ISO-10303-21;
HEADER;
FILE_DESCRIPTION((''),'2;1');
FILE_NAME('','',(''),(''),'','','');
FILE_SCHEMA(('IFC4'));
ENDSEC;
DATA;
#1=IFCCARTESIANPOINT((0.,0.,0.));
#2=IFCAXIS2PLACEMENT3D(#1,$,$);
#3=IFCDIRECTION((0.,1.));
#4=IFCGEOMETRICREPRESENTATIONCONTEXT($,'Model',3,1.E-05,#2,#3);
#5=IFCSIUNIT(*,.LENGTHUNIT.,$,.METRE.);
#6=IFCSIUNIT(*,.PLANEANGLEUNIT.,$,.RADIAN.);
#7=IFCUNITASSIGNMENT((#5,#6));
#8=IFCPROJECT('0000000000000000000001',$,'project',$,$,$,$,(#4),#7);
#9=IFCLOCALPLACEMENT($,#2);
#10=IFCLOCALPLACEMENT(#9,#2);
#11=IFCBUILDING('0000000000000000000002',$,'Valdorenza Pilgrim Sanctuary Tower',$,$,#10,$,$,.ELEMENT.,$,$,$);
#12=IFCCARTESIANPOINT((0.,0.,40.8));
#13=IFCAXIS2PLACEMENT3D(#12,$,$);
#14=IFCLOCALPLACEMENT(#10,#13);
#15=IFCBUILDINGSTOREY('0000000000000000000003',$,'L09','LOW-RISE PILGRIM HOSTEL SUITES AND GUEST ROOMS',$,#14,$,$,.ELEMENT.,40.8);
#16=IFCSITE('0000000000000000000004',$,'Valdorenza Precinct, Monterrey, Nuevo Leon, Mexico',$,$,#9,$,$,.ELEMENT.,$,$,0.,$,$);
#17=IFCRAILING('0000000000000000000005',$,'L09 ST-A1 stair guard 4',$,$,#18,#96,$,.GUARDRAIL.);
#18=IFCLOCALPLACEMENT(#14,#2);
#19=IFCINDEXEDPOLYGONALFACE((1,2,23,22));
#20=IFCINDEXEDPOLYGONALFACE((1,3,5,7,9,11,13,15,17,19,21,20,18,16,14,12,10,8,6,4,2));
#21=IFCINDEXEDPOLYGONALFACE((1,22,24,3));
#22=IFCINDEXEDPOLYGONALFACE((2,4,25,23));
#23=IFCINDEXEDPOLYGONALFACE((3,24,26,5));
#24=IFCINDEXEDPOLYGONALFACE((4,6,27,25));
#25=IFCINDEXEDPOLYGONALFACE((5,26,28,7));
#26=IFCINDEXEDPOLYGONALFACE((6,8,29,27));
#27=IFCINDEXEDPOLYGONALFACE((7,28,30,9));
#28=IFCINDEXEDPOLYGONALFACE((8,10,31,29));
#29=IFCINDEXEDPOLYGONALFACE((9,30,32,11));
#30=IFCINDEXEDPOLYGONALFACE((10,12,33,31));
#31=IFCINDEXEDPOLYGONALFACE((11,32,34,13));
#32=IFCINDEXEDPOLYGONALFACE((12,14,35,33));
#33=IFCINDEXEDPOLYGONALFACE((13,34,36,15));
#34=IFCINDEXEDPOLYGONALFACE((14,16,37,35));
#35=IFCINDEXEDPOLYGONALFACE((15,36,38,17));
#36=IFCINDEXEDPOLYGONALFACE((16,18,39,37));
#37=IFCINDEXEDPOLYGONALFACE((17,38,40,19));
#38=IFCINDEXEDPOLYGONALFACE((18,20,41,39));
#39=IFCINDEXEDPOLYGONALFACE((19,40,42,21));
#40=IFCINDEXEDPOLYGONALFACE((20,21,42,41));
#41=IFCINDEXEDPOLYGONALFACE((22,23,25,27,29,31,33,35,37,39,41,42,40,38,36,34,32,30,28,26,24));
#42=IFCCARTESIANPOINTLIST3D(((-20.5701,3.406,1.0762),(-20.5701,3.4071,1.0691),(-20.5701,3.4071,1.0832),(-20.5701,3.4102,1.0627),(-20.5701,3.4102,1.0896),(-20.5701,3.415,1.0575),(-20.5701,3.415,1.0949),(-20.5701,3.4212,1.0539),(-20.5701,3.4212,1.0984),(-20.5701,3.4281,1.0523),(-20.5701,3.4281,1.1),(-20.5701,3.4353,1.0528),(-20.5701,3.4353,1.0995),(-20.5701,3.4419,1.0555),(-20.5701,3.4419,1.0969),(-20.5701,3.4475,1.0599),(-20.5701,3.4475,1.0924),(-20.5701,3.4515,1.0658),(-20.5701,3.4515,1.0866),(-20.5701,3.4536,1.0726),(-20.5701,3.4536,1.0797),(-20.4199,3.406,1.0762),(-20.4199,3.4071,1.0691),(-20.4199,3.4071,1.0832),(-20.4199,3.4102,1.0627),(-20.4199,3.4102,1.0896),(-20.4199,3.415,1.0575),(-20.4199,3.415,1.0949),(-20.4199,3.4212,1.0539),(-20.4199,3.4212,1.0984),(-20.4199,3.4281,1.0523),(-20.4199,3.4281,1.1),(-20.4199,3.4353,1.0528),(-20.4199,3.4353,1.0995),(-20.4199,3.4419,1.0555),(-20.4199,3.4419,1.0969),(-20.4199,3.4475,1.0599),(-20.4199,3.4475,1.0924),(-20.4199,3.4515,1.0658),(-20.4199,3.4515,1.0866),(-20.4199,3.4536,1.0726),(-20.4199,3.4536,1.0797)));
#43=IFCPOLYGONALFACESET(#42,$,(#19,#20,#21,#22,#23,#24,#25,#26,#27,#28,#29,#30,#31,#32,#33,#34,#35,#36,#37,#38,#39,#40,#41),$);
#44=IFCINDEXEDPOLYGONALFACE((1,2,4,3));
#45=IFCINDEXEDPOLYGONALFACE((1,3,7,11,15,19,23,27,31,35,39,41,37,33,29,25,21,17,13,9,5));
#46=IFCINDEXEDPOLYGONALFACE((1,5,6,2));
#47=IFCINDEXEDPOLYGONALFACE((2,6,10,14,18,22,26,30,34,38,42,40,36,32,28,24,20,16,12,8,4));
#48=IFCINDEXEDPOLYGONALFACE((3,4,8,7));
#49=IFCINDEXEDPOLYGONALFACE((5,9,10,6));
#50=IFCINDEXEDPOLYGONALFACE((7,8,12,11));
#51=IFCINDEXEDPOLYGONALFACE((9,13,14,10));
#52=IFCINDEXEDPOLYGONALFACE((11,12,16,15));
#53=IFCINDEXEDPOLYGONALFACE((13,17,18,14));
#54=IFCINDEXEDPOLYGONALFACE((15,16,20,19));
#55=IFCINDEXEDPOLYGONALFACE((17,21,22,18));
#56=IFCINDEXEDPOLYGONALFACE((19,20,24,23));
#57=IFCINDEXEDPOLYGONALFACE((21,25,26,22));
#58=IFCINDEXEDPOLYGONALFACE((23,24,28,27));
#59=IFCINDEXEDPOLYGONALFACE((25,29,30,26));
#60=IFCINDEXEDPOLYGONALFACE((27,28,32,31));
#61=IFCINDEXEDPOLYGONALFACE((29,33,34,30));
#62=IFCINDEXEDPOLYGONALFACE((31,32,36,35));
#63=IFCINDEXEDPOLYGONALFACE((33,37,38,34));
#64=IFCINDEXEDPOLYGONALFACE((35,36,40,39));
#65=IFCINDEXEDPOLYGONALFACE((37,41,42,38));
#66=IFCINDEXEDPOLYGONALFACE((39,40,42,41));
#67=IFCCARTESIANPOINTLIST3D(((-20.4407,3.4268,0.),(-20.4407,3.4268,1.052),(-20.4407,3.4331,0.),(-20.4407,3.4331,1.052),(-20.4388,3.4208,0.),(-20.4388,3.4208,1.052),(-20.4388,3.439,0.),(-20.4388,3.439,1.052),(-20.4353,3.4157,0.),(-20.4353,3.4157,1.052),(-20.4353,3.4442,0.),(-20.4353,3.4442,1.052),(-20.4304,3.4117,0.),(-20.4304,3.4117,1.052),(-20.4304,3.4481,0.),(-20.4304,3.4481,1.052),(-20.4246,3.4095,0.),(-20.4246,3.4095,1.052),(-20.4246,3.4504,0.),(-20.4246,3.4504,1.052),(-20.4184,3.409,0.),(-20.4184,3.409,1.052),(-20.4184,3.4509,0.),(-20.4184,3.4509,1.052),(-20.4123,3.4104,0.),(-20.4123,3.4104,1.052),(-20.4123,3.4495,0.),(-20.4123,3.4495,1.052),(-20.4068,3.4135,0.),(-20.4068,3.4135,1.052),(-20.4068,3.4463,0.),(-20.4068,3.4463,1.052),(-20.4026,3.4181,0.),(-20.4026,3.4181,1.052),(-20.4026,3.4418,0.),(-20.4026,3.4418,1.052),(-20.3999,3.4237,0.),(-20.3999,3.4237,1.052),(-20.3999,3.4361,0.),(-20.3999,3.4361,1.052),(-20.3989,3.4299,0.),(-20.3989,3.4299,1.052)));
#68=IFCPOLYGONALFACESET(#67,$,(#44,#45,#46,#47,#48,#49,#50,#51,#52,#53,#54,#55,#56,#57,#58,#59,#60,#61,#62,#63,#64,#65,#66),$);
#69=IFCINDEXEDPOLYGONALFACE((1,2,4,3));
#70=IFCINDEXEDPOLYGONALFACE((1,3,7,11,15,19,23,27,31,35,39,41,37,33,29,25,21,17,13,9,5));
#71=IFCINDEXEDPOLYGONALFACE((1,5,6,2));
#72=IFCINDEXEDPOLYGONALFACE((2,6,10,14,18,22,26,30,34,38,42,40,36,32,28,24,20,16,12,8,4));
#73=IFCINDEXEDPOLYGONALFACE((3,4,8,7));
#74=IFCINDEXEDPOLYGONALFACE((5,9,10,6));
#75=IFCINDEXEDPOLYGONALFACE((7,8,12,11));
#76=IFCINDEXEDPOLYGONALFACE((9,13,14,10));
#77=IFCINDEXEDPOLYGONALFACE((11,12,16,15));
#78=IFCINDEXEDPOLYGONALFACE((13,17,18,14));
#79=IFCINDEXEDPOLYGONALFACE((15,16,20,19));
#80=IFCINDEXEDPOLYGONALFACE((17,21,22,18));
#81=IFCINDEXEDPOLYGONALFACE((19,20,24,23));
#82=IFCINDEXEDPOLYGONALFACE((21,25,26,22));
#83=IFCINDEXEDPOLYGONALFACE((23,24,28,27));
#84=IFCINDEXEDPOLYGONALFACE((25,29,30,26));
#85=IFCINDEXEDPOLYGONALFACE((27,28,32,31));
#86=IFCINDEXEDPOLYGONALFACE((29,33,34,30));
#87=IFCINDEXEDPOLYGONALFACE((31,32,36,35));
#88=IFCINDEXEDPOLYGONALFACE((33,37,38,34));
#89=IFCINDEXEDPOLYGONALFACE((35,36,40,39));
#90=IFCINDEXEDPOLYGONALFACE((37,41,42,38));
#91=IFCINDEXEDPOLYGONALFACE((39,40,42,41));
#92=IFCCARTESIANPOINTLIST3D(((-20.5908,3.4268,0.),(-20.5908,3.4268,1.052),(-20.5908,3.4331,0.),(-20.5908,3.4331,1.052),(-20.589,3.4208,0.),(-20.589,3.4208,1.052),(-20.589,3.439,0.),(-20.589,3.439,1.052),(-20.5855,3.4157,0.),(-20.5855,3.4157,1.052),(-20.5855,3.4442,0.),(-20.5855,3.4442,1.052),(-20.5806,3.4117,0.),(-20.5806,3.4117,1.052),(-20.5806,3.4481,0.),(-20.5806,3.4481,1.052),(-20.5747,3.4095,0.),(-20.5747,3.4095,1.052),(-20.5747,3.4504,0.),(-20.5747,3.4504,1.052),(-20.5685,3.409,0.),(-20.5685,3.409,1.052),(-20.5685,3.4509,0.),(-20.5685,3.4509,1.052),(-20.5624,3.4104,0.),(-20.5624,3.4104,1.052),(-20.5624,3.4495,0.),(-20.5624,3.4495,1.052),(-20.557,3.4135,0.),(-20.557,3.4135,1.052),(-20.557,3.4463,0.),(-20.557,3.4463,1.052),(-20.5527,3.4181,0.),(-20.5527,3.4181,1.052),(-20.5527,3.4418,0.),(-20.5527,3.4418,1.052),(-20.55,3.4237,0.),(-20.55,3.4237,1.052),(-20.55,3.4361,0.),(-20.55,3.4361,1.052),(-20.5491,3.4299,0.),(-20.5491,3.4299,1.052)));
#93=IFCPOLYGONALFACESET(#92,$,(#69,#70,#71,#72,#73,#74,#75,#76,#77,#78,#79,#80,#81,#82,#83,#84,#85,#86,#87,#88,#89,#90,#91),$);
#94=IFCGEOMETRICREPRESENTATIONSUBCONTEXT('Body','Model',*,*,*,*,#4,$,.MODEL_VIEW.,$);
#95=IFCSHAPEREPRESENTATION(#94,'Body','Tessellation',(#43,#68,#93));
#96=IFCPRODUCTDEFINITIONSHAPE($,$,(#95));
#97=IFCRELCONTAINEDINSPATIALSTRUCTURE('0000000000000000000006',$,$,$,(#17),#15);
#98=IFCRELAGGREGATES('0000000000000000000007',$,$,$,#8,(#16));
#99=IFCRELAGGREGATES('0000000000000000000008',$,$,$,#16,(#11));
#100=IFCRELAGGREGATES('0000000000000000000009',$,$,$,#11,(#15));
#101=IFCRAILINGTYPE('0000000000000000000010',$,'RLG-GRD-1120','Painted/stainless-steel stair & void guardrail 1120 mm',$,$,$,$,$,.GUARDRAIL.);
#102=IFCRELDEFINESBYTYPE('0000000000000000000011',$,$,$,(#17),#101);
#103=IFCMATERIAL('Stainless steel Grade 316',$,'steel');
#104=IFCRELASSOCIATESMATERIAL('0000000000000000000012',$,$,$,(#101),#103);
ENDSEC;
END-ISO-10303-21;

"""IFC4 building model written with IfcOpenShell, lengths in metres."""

from ifc_helpers import new_model, si_unit, direction, frame, origin, origin_2d, place, context, subcontext, project, spatial, circle, extrude, material, type_object, element, save


model = new_model("IFC4")

# Units and contexts
model_context = context("Model", 3, precision=1e-05, world=origin(), true_north=direction((0.0, 1.0)))
body_context = subcontext(model_context, "Body", "Model", "MODEL_VIEW")
ifc_project = project(units=[si_unit("LENGTHUNIT", "METRE"), si_unit("PLANEANGLEUNIT", "RADIAN")], contexts=[model_context])

# Site, building, storey
site_placement = place(None, origin())
site = spatial("IfcSite", under=ifc_project, at=site_placement, Name="Valdorenza Precinct, Monterrey, Nuevo Leon, Mexico", CompositionType="ELEMENT", RefElevation=0.0)
building_placement = place(site_placement, origin())
building = spatial("IfcBuilding", under=site, at=building_placement, Name="Valdorenza Pilgrim Sanctuary Tower", CompositionType="ELEMENT")
storey_placement = place(building_placement, frame((0.0, 0.0, 40.8)))
storey = spatial("IfcBuildingStorey", under=building, at=storey_placement, Name="L09", Description="LOW-RISE PILGRIM HOSTEL SUITES AND GUEST ROOMS", CompositionType="ELEMENT", Elevation=40.8)

# Railing
ifc_material_1 = material(Name="Stainless steel Grade 316", Category="steel")
railing_type_1 = type_object("IfcRailingType", Name="RLG-GRD-1120", Description="Painted/stainless-steel stair & void guardrail 1120 mm", PredefinedType="GUARDRAIL", material=ifc_material_1)
railing_1_placement = place(storey_placement, frame((-20.4199, 3.4299, 0.0)))
element("IfcRailing", 1, at=railing_1_placement, inside=storey, type_object=railing_type_1, Name="L09 ST-A1 stair guard 4", PredefinedType="GUARDRAIL", context=body_context, shape_type="SweptSolid", body=[
    extrude(circle(Radius=0.0239, at=origin_2d()), frame((0.0, 0.0, 1.0762), z_axis=(-1.0, 0.0, 0.0), x_axis=(0.0, -1.0, 0.0)), (0.0, 0.0, 1.0), 0.1501),
    extrude(circle(Radius=0.021, at=origin_2d()), origin(), (0.0, 0.0, 1.0), 1.052),
    extrude(circle(Radius=0.021, at=origin_2d()), frame((-0.1501, 0.0, 0.0)), (0.0, 0.0, 1.0), 1.052),
])

save(model, "model.ifc")
